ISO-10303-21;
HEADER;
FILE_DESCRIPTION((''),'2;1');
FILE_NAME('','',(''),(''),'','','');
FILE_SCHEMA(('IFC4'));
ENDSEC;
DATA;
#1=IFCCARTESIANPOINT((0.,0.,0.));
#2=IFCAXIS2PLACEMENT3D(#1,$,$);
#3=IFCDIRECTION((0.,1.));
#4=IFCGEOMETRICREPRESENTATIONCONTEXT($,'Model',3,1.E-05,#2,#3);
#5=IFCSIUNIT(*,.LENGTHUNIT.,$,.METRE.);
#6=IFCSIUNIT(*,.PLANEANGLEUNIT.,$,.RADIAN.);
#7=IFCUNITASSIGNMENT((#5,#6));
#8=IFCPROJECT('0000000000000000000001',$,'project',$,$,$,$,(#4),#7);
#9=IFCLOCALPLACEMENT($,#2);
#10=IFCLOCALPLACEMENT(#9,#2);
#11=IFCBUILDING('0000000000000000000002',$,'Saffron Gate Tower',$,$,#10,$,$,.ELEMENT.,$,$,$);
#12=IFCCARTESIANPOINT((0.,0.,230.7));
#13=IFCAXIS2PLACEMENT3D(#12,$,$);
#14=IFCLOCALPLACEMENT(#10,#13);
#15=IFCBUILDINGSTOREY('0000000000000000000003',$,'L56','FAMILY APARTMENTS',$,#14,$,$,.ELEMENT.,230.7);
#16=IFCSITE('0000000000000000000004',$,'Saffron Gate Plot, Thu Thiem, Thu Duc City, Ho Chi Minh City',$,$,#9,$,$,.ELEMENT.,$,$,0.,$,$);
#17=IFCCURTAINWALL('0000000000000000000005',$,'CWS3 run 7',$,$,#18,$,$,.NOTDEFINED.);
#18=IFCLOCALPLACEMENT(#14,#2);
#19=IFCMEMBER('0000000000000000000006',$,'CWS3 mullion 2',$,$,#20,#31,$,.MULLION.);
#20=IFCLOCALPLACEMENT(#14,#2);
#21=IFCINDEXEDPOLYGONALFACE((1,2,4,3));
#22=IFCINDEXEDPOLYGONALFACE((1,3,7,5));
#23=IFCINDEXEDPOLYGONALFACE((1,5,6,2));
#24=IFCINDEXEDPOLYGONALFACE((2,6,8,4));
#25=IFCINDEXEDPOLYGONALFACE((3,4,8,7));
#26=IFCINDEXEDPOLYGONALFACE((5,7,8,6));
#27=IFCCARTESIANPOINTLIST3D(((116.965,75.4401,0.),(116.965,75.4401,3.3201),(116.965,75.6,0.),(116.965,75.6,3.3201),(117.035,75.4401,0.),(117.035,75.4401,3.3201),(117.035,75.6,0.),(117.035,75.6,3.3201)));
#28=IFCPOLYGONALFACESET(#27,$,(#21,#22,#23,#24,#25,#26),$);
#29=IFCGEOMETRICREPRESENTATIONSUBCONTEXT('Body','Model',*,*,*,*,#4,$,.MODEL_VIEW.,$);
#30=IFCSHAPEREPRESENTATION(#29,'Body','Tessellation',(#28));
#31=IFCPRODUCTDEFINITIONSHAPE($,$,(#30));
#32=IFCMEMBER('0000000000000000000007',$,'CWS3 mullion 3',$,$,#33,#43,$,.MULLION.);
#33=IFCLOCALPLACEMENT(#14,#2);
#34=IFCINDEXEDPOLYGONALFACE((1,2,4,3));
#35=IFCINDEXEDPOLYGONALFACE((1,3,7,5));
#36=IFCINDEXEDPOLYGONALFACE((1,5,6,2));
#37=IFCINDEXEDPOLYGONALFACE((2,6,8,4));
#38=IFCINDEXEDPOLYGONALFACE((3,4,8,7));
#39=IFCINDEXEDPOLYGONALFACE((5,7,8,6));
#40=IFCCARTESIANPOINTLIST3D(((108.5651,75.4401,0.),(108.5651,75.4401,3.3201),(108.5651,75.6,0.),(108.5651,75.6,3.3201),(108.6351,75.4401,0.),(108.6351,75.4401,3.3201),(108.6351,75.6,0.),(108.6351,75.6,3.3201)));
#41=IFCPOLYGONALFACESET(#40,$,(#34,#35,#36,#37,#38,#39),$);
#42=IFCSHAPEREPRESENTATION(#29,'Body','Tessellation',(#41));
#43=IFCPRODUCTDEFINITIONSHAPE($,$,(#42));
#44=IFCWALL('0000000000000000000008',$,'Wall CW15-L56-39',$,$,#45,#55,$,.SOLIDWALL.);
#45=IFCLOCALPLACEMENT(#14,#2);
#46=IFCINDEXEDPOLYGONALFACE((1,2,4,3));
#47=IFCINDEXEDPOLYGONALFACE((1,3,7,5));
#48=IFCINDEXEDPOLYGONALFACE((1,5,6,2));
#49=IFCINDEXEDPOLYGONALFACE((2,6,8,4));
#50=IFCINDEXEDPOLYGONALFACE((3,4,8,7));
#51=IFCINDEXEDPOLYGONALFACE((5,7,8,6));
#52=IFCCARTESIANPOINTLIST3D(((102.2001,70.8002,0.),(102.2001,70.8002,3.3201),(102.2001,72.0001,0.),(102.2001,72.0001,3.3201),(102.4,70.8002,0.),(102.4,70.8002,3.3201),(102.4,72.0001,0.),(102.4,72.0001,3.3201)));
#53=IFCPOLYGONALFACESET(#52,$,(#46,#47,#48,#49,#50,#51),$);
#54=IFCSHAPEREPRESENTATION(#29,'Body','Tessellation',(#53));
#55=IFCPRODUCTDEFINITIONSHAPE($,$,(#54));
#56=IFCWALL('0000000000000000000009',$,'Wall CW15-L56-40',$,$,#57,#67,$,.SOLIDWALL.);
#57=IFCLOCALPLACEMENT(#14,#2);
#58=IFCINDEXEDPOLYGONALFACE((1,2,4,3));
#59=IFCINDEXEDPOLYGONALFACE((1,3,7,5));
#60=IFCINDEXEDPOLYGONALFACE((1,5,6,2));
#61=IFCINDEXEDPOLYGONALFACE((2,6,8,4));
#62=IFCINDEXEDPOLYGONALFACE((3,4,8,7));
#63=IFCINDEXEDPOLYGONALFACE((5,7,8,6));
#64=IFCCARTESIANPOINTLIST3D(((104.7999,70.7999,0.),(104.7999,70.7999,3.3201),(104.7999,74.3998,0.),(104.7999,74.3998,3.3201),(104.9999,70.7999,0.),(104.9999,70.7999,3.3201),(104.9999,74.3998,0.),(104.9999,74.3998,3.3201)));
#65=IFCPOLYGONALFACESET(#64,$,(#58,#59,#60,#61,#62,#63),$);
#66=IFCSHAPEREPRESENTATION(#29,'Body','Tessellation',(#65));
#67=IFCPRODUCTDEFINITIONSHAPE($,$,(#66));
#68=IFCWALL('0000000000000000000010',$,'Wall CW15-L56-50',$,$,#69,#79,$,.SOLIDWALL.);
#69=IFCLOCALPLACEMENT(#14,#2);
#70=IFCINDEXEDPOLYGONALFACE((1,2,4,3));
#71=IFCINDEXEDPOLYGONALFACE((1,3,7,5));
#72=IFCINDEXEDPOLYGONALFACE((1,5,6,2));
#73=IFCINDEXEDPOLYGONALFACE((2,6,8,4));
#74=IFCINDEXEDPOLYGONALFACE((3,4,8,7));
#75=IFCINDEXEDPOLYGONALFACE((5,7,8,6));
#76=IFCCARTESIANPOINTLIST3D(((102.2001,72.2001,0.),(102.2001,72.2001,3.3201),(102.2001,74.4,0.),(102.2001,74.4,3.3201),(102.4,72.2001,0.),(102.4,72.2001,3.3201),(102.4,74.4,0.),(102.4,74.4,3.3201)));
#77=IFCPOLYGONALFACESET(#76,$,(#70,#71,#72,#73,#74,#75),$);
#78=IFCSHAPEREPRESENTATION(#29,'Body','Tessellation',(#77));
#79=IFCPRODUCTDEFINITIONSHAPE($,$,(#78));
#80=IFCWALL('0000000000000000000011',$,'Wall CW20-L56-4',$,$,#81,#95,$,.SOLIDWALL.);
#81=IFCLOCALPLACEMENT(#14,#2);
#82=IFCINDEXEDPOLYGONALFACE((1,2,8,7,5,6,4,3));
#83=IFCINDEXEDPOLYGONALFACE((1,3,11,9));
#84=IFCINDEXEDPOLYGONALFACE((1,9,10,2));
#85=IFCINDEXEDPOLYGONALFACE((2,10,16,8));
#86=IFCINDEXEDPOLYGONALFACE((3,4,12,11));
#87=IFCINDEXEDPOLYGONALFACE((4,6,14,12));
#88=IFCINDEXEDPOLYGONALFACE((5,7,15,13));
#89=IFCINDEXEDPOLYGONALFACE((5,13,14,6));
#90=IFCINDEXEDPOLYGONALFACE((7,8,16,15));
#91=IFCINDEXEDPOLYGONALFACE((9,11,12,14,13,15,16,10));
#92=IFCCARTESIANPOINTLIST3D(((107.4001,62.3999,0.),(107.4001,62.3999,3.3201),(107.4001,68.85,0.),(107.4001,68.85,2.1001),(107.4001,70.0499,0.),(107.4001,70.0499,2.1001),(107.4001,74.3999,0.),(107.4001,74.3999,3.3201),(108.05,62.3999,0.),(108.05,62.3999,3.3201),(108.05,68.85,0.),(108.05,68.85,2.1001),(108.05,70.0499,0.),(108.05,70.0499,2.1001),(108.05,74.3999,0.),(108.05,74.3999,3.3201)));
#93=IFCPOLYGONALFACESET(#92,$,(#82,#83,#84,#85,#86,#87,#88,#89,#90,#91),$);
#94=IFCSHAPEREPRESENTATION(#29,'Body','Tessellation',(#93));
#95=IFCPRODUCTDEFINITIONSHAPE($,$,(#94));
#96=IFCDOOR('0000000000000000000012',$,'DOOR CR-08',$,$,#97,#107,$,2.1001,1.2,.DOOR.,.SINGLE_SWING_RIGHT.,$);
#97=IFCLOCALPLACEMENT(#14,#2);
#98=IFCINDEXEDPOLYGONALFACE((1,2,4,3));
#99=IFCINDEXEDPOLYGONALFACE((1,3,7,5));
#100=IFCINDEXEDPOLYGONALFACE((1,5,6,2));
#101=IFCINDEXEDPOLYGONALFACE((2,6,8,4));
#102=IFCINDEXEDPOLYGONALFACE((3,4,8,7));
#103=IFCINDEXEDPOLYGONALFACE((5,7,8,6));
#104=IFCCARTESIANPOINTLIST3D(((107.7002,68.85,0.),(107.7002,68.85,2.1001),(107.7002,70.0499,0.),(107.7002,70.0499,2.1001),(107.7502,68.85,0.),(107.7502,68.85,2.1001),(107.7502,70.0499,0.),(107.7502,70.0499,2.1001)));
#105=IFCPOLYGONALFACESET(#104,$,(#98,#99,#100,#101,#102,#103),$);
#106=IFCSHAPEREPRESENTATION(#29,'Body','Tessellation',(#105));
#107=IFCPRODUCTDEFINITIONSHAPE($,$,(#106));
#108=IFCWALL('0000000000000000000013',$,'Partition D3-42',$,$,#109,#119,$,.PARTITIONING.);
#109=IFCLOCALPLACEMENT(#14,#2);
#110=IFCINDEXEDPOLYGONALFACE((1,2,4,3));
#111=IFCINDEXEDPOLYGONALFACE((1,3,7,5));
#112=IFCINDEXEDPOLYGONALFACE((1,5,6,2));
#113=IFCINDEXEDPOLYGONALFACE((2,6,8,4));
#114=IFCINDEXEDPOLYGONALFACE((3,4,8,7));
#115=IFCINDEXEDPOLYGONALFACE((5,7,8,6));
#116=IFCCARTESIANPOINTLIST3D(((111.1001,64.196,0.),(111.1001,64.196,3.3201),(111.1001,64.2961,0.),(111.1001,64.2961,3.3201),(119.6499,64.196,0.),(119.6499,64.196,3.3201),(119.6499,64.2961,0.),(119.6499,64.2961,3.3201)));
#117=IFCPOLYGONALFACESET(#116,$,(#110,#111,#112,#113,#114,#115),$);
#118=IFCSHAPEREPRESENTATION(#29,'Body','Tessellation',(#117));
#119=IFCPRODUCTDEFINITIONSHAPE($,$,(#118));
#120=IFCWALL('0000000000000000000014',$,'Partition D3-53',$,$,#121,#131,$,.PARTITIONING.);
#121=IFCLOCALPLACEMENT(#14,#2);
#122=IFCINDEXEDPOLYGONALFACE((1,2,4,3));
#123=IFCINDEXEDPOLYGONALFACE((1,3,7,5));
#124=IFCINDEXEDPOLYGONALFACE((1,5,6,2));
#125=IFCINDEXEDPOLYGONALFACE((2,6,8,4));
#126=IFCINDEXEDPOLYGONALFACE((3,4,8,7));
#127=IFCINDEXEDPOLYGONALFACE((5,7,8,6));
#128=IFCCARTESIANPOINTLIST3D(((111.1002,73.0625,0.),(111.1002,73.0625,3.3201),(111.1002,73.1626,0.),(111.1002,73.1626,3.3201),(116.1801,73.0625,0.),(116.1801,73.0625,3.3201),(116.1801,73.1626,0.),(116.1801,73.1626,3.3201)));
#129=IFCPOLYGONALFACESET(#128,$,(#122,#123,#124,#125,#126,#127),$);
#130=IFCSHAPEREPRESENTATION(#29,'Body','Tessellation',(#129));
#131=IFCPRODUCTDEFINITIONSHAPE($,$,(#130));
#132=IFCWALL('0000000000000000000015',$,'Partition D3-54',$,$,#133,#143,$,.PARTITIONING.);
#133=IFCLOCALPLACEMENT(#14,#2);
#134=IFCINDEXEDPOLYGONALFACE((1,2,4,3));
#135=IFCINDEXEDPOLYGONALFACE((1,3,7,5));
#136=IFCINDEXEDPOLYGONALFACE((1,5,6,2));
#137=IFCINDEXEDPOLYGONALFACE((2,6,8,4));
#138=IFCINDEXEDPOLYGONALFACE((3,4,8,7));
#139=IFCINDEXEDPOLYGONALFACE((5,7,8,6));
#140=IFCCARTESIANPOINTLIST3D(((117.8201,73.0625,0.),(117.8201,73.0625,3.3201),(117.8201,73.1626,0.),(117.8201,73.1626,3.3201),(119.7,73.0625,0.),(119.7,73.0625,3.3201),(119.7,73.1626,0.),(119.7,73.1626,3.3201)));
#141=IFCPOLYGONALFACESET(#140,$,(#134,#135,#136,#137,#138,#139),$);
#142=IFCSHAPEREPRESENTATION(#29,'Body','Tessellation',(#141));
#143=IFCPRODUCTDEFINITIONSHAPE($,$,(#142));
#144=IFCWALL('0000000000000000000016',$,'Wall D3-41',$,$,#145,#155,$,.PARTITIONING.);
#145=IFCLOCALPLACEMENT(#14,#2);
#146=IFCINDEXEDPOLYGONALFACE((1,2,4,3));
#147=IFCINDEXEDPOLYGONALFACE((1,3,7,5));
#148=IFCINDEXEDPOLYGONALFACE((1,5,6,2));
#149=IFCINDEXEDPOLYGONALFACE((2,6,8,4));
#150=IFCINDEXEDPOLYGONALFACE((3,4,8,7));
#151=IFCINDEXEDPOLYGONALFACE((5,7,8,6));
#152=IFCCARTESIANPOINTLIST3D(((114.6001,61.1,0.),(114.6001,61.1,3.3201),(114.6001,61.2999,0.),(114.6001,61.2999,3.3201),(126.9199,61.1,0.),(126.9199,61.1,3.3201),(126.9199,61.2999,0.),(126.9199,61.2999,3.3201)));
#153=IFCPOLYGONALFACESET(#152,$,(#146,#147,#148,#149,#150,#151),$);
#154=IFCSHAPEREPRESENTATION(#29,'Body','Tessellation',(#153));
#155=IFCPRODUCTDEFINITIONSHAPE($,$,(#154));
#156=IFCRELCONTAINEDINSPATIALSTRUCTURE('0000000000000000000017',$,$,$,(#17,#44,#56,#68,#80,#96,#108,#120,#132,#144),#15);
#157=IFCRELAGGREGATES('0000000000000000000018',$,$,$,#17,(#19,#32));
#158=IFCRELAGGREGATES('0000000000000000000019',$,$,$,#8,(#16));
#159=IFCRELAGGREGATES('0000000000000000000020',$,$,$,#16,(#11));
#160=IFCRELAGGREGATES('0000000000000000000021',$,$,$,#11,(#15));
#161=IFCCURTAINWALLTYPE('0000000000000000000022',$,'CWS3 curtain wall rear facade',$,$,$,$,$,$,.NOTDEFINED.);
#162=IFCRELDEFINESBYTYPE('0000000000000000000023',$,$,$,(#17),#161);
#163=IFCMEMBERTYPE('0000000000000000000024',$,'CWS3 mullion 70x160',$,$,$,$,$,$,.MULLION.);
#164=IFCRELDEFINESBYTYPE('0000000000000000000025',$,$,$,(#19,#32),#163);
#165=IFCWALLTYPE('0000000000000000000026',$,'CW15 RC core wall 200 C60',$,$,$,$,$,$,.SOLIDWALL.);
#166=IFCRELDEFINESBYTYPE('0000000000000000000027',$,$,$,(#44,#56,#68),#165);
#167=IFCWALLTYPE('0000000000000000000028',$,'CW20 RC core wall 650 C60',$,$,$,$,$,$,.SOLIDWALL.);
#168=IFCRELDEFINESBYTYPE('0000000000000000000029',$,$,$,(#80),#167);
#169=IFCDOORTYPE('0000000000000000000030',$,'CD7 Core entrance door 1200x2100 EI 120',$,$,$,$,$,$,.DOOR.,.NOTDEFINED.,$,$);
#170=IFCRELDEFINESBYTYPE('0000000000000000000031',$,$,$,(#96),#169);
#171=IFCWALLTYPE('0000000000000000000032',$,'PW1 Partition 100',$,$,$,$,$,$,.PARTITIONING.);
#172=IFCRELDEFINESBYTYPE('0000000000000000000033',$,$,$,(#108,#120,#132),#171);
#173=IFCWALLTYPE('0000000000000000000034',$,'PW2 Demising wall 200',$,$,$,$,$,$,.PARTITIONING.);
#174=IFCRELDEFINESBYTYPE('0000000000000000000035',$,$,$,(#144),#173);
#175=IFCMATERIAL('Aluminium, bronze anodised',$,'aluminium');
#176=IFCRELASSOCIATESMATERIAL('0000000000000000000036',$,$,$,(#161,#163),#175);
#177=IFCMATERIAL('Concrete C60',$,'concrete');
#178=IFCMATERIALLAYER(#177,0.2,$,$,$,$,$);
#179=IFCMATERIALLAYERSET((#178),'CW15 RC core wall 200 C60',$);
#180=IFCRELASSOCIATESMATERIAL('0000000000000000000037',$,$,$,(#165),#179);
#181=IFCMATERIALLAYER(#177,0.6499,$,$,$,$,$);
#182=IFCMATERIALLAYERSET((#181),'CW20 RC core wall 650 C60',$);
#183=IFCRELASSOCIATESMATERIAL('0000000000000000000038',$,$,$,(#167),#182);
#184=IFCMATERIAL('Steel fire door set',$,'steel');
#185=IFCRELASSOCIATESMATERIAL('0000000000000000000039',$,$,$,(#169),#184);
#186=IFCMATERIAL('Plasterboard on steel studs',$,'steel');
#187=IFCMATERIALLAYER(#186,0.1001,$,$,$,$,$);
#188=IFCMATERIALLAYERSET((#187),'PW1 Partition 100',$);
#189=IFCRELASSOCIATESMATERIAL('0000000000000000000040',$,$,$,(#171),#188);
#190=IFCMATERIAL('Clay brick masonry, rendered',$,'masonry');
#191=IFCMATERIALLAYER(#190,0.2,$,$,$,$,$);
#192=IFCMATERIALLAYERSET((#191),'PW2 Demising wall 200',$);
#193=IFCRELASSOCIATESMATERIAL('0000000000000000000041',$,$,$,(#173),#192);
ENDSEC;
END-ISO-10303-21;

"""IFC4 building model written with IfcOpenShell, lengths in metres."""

from ifc_helpers import new_model, si_unit, direction, frame, frame_2d, origin, origin_2d, place, context, subcontext, project, spatial, rectangle, extrude, material, layer, layer_set, material_profile, profile_set, type_object, element, fill, aggregate, save


model = new_model("IFC4")

# Units and contexts
model_context = context("Model", 3, precision=1e-05, world=origin(), true_north=direction((0.0, 1.0)))
body_context = subcontext(model_context, "Body", "Model", "MODEL_VIEW")
ifc_project = project(units=[si_unit("LENGTHUNIT", "METRE"), si_unit("PLANEANGLEUNIT", "RADIAN")], contexts=[model_context])

# Site, building, storey
site_placement = place(None, origin())
site = spatial("IfcSite", under=ifc_project, at=site_placement, Name="Saffron Gate Plot, Thu Thiem, Thu Duc City, Ho Chi Minh City", CompositionType="ELEMENT", RefElevation=0.0)
building_placement = place(site_placement, origin())
building = spatial("IfcBuilding", under=site, at=building_placement, Name="Saffron Gate Tower", CompositionType="ELEMENT")
storey_placement = place(building_placement, frame((0.0, 0.0, 230.7)))
storey = spatial("IfcBuildingStorey", under=building, at=storey_placement, Name="L56", Description="FAMILY APARTMENTS", CompositionType="ELEMENT", Elevation=230.7)

# Curtain wall, members
ifc_material_1 = material(Name="Aluminium, bronze anodised", Category="aluminium")
curtain_wall_type = type_object("IfcCurtainWallType", Name="CWS3 curtain wall rear facade", PredefinedType="NOTDEFINED", material=ifc_material_1)
curtain_wall_placement = place(storey_placement, origin())
curtain_wall = element("IfcCurtainWall", 1, at=curtain_wall_placement, inside=storey, type_object=curtain_wall_type, Name="CWS3 run 7", PredefinedType="NOTDEFINED")
ifc_material_profile_1 = material_profile(ifc_material_1, rectangle(XDim=0.1599, YDim=0.0701, at=origin_2d()))
ifc_profile_set_1 = profile_set([ifc_material_profile_1], Name="Aluminium, bronze anodised")
member_type = type_object("IfcMemberType", Name="CWS3 mullion 70x160", PredefinedType="MULLION", material=ifc_profile_set_1)
member_1_placement = place(storey_placement, frame((117.0, 75.52, 0.0), z_axis=(0.0, 0.0, 1.0), x_axis=(0.0, -1.0, 0.0)))
member_1 = element("IfcMember", 2, at=member_1_placement, type_object=member_type, Name="CWS3 mullion 2", PredefinedType="MULLION", context=body_context, shape_type="SweptSolid", body=[
    extrude(rectangle(XDim=0.1599, YDim=0.0701, at=origin_2d()), origin(), (0.0, 0.0, 1.0), 3.3201),
])
member_2_placement = place(storey_placement, frame((108.6001, 75.52, 0.0), z_axis=(0.0, 0.0, 1.0), x_axis=(0.0, -1.0, 0.0)))
member_2 = element("IfcMember", 3, at=member_2_placement, type_object=member_type, Name="CWS3 mullion 3", PredefinedType="MULLION", context=body_context, shape_type="SweptSolid", body=[
    extrude(rectangle(XDim=0.1599, YDim=0.0701, at=origin_2d()), origin(), (0.0, 0.0, 1.0), 3.3201),
])
aggregate(curtain_wall, [member_1, member_2])

# Walls
ifc_material_2 = material(Name="Concrete C60", Category="concrete")
ifc_layer_1 = layer(ifc_material_2, 0.2)
ifc_layer_set_1 = layer_set([ifc_layer_1], Name="CW15 RC core wall 200 C60")
wall_type_1 = type_object("IfcWallType", Name="CW15 RC core wall 200 C60", PredefinedType="SOLIDWALL", material=ifc_layer_set_1)
wall_1_placement = place(storey_placement, frame((102.3, 70.8, 0.0), z_axis=(0.0, 0.0, 1.0), x_axis=(0.0, 1.0, 0.0)))
element("IfcWall", 4, at=wall_1_placement, inside=storey, type_object=wall_type_1, Name="Wall CW15-L56-39", PredefinedType="SOLIDWALL", context=body_context, shape_type="SweptSolid", body=[
    extrude(rectangle(XDim=1.2, YDim=0.2, at=frame_2d((0.6001, 0.0))), origin(), (0.0, 0.0, 1.0), 3.3201),
])
wall_2_placement = place(storey_placement, frame((104.8999, 70.8, 0.0), z_axis=(0.0, 0.0, 1.0), x_axis=(0.0, 1.0, 0.0)))
element("IfcWall", 5, at=wall_2_placement, inside=storey, type_object=wall_type_1, Name="Wall CW15-L56-40", PredefinedType="SOLIDWALL", context=body_context, shape_type="SweptSolid", body=[
    extrude(rectangle(XDim=3.5999, YDim=0.2, at=frame_2d((1.7998, 0.0))), origin(), (0.0, 0.0, 1.0), 3.3201),
])
wall_3_placement = place(storey_placement, frame((102.3, 72.2, 0.0), z_axis=(0.0, 0.0, 1.0), x_axis=(0.0, 1.0, 0.0)))
element("IfcWall", 6, at=wall_3_placement, inside=storey, type_object=wall_type_1, Name="Wall CW15-L56-50", PredefinedType="SOLIDWALL", context=body_context, shape_type="SweptSolid", body=[
    extrude(rectangle(XDim=2.2, YDim=0.2, at=frame_2d((1.1001, 0.0))), origin(), (0.0, 0.0, 1.0), 3.3201),
])

# Wall, opening, door
ifc_layer_2 = layer(ifc_material_2, 0.6499)
ifc_layer_set_2 = layer_set([ifc_layer_2], Name="CW20 RC core wall 650 C60")
wall_type_2 = type_object("IfcWallType", Name="CW20 RC core wall 650 C60", PredefinedType="SOLIDWALL", material=ifc_layer_set_2)
wall_4_placement = place(storey_placement, frame((107.7251, 62.3999, 0.0), z_axis=(0.0, 0.0, 1.0), x_axis=(0.0, 1.0, 0.0)))
wall_4 = element("IfcWall", 7, at=wall_4_placement, inside=storey, type_object=wall_type_2, Name="Wall CW20-L56-4", PredefinedType="SOLIDWALL", context=body_context, shape_type="SweptSolid", body=[
    extrude(rectangle(XDim=12.0, YDim=0.6499, at=frame_2d((6.0, 0.0))), origin(), (0.0, 0.0, 1.0), 3.3201),
])
opening_1_placement = place(wall_4_placement, frame((6.45, 0.0, 0.0)))
opening_1 = element("IfcOpeningElement", 8, at=opening_1_placement, cuts=wall_4, PredefinedType="OPENING", context=body_context, shape_type="SweptSolid", body=[
    extrude(rectangle(XDim=1.2, YDim=2.1001, at=frame_2d((0.6001, 1.05))), frame((0.0, 0.335, 0.0), z_axis=(0.0, -1.0, 0.0), x_axis=(1.0, 0.0, 0.0)), (0.0, 0.0, 1.0), 0.6699),
])
ifc_material_3 = material(Name="Steel fire door set", Category="steel")
door_type_1 = type_object("IfcDoorType", Name="CD7 Core entrance door 1200x2100 EI 120", OperationType="NOTDEFINED", PredefinedType="DOOR", material=ifc_material_3)
door_1_placement = place(opening_1_placement, origin())
door_1 = element("IfcDoor", 9, at=door_1_placement, inside=storey, type_object=door_type_1, Name="DOOR CR-08", OperationType="SINGLE_SWING_RIGHT", OverallHeight=2.1001, OverallWidth=1.2, PredefinedType="DOOR", context=body_context, shape_type="SweptSolid", body=[
    extrude(rectangle(XDim=1.2, YDim=2.1001, at=frame_2d((0.6001, 1.05))), frame((0.0, 0.0249, 0.0), z_axis=(0.0, -1.0, 0.0), x_axis=(1.0, 0.0, 0.0)), (0.0, 0.0, 1.0), 0.05),
])
fill(opening_1, door_1)

# Walls
ifc_material_4 = material(Name="Plasterboard on steel studs", Category="steel")
ifc_layer_3 = layer(ifc_material_4, 0.1001)
ifc_layer_set_3 = layer_set([ifc_layer_3], Name="PW1 Partition 100")
wall_type_3 = type_object("IfcWallType", Name="PW1 Partition 100", PredefinedType="PARTITIONING", material=ifc_layer_set_3)
wall_5_placement = place(storey_placement, frame((111.1001, 64.2461, 0.0), z_axis=(0.0, 0.0, 1.0), x_axis=(1.0, 0.0, 0.0)))
element("IfcWall", 10, at=wall_5_placement, inside=storey, type_object=wall_type_3, Name="Partition D3-42", PredefinedType="PARTITIONING", context=body_context, shape_type="SweptSolid", body=[
    extrude(rectangle(XDim=8.5498, YDim=0.1001, at=frame_2d((4.2749, 0.0))), origin(), (0.0, 0.0, 1.0), 3.3201),
])
wall_6_placement = place(storey_placement, frame((111.1001, 73.1125, 0.0), z_axis=(0.0, 0.0, 1.0), x_axis=(1.0, 0.0, 0.0)))
element("IfcWall", 11, at=wall_6_placement, inside=storey, type_object=wall_type_3, Name="Partition D3-53", PredefinedType="PARTITIONING", context=body_context, shape_type="SweptSolid", body=[
    extrude(rectangle(XDim=5.0798, YDim=0.1001, at=frame_2d((2.54, 0.0))), origin(), (0.0, 0.0, 1.0), 3.3201),
])
wall_7_placement = place(storey_placement, frame((117.8201, 73.1125, 0.0), z_axis=(0.0, 0.0, 1.0), x_axis=(1.0, 0.0, 0.0)))
element("IfcWall", 12, at=wall_7_placement, inside=storey, type_object=wall_type_3, Name="Partition D3-54", PredefinedType="PARTITIONING", context=body_context, shape_type="SweptSolid", body=[
    extrude(rectangle(XDim=1.8799, YDim=0.1001, at=frame_2d((0.9399, 0.0))), origin(), (0.0, 0.0, 1.0), 3.3201),
])
ifc_material_5 = material(Name="Clay brick masonry, rendered", Category="masonry")
ifc_layer_4 = layer(ifc_material_5, 0.2)
ifc_layer_set_4 = layer_set([ifc_layer_4], Name="PW2 Demising wall 200")
wall_type_4 = type_object("IfcWallType", Name="PW2 Demising wall 200", PredefinedType="PARTITIONING", material=ifc_layer_set_4)
wall_8_placement = place(storey_placement, frame((114.6001, 61.2, 0.0), z_axis=(0.0, 0.0, 1.0), x_axis=(1.0, 0.0, 0.0)))
element("IfcWall", 13, at=wall_8_placement, inside=storey, type_object=wall_type_4, Name="Wall D3-41", PredefinedType="PARTITIONING", context=body_context, shape_type="SweptSolid", body=[
    extrude(rectangle(XDim=12.3198, YDim=0.2, at=frame_2d((6.1599, 0.0))), origin(), (0.0, 0.0, 1.0), 3.3201),
])

save(model, "model.ifc")
